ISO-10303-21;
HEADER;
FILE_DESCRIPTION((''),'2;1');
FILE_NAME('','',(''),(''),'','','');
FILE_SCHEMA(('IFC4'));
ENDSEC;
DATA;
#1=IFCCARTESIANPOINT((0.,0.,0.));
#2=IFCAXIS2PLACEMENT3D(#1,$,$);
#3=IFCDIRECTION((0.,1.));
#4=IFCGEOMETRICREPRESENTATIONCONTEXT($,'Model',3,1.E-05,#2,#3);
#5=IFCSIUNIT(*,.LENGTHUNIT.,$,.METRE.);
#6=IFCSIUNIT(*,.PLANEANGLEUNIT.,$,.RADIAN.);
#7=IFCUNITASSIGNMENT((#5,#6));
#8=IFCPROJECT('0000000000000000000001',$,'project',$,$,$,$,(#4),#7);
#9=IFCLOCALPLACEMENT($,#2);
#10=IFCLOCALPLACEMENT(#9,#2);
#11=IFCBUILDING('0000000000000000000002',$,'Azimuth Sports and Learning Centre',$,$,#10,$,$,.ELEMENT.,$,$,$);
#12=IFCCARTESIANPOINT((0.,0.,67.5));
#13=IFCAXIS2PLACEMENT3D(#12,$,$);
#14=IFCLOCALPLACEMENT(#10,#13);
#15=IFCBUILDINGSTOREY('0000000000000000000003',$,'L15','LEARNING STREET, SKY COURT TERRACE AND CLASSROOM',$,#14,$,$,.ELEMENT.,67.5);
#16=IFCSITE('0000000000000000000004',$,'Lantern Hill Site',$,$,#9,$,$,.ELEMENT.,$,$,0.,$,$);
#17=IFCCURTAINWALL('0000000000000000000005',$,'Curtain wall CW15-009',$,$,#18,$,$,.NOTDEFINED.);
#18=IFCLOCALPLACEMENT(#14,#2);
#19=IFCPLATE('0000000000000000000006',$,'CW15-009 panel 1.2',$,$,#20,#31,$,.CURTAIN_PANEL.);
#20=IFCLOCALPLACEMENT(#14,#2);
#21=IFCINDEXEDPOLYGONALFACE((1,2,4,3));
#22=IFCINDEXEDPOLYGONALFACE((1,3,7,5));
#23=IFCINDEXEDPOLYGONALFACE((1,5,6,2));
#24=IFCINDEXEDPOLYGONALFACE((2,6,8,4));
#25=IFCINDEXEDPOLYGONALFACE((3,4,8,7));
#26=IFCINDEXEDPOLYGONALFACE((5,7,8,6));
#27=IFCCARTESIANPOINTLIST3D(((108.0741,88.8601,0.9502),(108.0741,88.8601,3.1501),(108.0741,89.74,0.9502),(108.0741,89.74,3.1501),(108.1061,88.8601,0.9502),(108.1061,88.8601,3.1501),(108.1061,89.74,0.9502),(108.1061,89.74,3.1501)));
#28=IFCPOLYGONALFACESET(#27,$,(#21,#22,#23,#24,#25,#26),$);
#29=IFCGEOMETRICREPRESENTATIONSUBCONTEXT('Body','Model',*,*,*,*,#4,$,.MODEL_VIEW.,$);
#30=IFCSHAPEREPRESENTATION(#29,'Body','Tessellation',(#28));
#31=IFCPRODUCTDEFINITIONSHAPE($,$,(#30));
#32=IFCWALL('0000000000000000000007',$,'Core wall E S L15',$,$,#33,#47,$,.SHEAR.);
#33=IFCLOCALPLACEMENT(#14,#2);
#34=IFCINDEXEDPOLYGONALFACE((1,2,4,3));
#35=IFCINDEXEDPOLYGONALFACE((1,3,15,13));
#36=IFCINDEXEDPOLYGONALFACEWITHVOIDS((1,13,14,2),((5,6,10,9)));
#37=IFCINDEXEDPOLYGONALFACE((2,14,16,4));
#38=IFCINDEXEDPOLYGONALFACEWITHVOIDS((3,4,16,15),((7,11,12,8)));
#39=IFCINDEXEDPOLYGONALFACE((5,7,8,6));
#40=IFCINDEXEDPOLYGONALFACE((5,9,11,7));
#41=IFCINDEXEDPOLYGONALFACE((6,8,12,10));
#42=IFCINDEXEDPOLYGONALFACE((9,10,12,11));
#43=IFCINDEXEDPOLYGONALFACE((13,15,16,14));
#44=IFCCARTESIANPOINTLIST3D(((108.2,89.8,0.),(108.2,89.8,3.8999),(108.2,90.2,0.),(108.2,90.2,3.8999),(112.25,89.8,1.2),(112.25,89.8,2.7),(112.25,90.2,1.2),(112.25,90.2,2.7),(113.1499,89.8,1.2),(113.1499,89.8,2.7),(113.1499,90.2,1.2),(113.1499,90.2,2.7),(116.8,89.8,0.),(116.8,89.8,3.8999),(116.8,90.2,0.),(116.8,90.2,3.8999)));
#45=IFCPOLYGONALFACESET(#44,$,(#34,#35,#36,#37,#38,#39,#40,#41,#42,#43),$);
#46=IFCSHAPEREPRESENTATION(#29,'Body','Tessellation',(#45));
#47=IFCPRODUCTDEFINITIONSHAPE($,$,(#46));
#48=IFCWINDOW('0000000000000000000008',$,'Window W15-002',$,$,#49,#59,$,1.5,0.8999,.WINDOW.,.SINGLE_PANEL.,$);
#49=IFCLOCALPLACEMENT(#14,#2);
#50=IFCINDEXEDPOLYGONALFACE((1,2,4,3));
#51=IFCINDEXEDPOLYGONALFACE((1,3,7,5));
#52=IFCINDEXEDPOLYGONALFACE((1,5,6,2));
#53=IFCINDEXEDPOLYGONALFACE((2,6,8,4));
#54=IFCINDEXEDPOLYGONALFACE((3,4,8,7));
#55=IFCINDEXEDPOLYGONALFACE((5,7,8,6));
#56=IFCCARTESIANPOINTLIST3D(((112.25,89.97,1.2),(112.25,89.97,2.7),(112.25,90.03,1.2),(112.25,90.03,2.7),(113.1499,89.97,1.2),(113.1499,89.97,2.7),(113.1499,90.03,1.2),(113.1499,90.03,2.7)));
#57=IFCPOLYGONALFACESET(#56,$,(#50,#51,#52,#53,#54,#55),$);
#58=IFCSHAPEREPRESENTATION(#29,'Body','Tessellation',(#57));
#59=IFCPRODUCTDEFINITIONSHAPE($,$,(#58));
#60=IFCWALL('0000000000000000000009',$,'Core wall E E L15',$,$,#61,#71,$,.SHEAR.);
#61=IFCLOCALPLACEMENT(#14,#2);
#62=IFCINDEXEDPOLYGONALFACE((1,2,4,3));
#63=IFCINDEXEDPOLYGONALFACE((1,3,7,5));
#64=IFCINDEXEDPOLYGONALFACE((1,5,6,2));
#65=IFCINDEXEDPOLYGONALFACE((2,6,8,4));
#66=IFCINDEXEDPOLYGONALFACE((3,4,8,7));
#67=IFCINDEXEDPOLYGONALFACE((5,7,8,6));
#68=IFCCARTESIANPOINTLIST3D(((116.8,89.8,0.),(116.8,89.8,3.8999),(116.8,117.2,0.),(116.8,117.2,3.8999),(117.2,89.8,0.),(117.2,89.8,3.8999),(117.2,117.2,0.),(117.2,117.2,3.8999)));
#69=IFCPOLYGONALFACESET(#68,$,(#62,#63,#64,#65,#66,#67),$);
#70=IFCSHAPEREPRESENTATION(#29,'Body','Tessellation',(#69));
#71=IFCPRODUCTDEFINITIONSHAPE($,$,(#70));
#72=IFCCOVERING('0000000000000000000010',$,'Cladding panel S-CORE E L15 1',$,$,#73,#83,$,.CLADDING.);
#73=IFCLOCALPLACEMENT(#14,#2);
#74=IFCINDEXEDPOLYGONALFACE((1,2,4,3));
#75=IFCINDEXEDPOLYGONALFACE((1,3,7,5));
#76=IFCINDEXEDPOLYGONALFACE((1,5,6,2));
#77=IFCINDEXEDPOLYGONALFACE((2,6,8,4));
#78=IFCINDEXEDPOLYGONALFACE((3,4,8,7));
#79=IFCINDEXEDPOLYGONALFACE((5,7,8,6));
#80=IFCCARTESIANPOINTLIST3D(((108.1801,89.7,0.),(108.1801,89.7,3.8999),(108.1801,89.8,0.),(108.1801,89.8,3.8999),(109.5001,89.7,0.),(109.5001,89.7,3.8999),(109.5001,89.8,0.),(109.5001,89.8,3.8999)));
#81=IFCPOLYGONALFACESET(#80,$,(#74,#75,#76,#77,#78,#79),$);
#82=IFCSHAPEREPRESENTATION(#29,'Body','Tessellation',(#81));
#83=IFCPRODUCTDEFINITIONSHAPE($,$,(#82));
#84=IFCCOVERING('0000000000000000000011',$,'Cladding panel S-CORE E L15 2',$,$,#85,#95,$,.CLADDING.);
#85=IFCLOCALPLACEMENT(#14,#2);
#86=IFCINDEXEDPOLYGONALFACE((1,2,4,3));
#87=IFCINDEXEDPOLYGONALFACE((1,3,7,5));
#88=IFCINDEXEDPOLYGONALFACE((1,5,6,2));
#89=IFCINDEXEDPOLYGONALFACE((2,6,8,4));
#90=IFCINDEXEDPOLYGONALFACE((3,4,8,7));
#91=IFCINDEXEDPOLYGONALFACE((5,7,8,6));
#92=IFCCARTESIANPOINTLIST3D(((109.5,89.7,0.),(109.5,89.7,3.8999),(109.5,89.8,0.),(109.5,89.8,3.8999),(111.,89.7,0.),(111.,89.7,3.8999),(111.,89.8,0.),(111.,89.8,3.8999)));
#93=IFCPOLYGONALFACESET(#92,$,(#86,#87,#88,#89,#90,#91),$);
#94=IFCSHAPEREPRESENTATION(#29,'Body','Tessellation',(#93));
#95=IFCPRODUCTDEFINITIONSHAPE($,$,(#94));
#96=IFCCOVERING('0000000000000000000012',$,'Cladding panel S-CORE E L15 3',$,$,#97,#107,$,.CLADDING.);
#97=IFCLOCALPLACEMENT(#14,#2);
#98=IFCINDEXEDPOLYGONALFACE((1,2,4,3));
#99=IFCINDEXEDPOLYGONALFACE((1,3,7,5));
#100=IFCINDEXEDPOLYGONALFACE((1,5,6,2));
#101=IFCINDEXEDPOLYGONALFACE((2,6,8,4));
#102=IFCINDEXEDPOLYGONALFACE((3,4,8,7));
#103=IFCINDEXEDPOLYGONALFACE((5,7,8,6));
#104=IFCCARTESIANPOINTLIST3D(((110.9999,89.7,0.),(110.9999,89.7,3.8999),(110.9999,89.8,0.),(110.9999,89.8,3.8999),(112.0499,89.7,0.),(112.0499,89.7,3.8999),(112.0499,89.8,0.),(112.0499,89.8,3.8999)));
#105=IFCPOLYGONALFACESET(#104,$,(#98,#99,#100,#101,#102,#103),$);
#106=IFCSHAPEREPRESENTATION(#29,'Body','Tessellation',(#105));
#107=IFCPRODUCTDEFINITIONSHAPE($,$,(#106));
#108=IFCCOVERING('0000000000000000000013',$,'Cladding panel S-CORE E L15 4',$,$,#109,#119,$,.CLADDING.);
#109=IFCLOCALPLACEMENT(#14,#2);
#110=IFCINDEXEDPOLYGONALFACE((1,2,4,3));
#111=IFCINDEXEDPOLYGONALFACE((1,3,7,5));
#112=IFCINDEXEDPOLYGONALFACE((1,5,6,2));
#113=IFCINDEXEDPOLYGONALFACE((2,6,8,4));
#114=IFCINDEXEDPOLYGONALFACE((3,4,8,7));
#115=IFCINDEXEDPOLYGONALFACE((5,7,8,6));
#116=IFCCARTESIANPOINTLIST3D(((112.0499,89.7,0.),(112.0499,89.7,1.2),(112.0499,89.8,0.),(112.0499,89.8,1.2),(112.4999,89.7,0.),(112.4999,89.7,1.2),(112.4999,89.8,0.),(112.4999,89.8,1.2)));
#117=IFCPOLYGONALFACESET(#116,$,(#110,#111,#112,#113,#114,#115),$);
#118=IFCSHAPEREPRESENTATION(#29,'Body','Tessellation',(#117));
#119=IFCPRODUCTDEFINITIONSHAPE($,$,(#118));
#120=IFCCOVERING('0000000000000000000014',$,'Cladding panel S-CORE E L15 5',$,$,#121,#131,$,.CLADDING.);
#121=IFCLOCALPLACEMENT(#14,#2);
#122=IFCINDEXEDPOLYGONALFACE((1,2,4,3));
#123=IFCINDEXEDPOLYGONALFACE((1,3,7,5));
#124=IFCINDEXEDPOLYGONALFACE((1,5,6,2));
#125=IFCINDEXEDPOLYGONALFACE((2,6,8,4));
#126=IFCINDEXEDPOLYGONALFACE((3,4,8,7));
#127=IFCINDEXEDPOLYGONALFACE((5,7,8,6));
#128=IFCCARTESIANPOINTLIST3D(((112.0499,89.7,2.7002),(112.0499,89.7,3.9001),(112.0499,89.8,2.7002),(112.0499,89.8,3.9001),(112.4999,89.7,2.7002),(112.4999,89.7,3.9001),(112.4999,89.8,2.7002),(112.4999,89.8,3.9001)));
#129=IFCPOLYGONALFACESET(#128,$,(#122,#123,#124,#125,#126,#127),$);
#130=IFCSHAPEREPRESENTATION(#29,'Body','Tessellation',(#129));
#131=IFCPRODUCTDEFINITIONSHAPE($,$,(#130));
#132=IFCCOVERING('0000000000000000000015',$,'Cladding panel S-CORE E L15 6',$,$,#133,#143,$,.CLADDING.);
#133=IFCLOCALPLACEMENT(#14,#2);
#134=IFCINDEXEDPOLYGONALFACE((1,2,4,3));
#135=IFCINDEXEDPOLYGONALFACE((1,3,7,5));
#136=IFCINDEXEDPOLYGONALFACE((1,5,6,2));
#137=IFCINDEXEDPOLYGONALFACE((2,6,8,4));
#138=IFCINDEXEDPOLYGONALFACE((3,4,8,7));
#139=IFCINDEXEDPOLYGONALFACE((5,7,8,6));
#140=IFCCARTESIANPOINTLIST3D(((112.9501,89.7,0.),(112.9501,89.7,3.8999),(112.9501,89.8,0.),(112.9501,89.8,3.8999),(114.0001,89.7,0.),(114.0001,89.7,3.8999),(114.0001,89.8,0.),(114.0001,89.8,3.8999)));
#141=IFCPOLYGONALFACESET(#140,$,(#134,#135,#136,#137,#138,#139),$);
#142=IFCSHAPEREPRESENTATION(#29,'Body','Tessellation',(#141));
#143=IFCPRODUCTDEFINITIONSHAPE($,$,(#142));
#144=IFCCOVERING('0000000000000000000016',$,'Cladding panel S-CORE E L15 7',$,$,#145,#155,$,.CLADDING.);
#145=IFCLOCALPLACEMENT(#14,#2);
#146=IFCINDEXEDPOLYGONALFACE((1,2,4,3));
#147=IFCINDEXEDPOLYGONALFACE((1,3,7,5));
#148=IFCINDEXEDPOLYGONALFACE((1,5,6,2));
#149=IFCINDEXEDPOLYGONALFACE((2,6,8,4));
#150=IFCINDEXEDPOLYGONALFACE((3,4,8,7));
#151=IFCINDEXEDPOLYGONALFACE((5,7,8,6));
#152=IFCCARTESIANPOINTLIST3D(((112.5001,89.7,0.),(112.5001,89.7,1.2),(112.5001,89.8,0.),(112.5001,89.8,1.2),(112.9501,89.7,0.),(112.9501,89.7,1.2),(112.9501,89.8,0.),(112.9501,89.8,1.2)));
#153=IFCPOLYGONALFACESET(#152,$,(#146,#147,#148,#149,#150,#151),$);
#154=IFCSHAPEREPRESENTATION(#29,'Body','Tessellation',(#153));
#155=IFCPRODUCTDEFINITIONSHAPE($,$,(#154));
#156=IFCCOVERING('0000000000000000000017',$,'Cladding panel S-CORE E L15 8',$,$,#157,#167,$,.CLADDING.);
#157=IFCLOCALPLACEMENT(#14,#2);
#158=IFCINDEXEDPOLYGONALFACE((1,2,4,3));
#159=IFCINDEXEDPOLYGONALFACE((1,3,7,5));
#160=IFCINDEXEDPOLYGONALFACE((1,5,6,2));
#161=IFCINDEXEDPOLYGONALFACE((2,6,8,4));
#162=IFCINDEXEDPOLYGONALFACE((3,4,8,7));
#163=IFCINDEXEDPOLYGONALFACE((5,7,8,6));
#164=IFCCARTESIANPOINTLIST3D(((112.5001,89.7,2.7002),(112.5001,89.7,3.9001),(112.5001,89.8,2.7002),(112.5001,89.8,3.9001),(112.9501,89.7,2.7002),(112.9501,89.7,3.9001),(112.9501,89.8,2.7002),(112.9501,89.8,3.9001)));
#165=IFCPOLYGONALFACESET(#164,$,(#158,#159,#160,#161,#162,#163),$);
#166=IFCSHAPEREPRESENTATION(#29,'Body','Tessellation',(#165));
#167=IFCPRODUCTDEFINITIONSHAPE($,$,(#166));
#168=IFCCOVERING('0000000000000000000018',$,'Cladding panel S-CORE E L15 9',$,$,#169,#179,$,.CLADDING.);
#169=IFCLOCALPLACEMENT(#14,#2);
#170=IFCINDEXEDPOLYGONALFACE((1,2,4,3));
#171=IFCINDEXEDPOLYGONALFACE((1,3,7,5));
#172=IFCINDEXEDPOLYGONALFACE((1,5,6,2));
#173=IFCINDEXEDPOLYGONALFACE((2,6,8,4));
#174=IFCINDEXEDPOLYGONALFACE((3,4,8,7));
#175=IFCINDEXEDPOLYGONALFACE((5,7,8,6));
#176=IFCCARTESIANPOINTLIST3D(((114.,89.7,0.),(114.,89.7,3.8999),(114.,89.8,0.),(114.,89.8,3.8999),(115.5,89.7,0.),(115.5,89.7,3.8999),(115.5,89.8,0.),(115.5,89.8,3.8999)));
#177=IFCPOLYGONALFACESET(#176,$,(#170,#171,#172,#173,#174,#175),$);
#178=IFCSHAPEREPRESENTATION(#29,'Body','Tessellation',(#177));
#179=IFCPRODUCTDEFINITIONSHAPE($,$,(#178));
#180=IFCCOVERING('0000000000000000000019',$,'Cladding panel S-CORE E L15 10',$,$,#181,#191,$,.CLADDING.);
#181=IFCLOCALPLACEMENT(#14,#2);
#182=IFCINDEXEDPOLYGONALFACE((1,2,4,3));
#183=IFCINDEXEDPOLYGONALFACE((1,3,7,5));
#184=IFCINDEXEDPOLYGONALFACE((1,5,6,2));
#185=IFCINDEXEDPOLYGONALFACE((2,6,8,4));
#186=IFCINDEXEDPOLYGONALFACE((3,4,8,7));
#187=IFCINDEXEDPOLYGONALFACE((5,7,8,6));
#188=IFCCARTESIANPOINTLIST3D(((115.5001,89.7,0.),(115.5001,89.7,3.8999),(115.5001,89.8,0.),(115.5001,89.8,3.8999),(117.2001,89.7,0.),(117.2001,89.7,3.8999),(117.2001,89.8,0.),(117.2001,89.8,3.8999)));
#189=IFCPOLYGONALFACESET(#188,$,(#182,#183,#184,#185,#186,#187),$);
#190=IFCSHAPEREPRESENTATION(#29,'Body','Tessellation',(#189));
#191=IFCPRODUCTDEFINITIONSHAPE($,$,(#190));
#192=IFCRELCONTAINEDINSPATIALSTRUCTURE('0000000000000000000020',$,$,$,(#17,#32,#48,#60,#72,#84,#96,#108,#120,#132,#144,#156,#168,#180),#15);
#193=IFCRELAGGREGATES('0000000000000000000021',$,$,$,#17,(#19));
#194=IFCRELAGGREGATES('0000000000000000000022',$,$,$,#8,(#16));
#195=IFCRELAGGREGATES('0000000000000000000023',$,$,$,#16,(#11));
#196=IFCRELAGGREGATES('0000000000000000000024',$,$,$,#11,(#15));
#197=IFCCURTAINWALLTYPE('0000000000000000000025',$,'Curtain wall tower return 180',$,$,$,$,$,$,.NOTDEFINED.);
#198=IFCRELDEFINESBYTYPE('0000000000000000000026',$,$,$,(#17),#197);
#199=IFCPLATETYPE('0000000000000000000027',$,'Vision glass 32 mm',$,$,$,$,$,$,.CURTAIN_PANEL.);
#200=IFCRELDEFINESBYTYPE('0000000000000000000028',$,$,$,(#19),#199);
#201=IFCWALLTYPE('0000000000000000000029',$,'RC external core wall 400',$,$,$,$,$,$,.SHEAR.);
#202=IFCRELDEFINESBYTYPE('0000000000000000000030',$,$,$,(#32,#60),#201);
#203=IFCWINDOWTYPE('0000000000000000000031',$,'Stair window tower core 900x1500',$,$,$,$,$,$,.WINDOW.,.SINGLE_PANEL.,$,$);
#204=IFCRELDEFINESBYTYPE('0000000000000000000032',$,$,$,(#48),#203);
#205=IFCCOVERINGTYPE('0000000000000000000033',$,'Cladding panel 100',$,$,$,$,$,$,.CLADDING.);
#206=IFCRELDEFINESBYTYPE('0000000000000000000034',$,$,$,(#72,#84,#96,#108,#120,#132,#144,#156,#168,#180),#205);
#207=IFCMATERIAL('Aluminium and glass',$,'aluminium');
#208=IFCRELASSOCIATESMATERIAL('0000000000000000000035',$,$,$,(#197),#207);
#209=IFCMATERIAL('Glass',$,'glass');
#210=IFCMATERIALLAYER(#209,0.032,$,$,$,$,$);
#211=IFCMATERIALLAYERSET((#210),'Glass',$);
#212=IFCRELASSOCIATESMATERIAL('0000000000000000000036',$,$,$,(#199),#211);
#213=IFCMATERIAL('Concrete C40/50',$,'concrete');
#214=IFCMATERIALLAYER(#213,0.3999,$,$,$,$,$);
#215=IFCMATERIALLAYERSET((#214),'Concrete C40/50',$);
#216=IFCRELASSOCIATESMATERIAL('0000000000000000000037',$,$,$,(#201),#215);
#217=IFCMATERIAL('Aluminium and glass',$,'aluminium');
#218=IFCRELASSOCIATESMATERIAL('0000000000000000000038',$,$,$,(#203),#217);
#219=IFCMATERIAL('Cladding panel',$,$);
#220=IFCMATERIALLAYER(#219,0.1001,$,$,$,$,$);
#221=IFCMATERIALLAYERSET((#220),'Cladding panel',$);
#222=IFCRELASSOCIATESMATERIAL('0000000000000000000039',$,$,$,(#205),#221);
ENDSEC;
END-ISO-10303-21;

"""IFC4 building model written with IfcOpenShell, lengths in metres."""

from ifc_helpers import new_model, si_unit, direction, frame, frame_2d, origin, origin_2d, place, context, subcontext, project, spatial, rectangle, extrude, material, layer, layer_set, type_object, element, fill, aggregate, save


model = new_model("IFC4")

# Units and contexts
model_context = context("Model", 3, precision=1e-05, world=origin(), true_north=direction((0.0, 1.0)))
body_context = subcontext(model_context, "Body", "Model", "MODEL_VIEW")
ifc_project = project(units=[si_unit("LENGTHUNIT", "METRE"), si_unit("PLANEANGLEUNIT", "RADIAN")], contexts=[model_context])

# Site, building, storey
site_placement = place(None, origin())
site = spatial("IfcSite", under=ifc_project, at=site_placement, Name="Lantern Hill Site", CompositionType="ELEMENT", RefElevation=0.0)
building_placement = place(site_placement, origin())
building = spatial("IfcBuilding", under=site, at=building_placement, Name="Azimuth Sports and Learning Centre", CompositionType="ELEMENT")
storey_placement = place(building_placement, frame((0.0, 0.0, 67.5)))
storey = spatial("IfcBuildingStorey", under=building, at=storey_placement, Name="L15", Description="LEARNING STREET, SKY COURT TERRACE AND CLASSROOM", CompositionType="ELEMENT", Elevation=67.5)

# Curtain wall, plate
ifc_material_1 = material(Name="Aluminium and glass", Category="aluminium")
curtain_wall_type = type_object("IfcCurtainWallType", Name="Curtain wall tower return 180", PredefinedType="NOTDEFINED", material=ifc_material_1)
curtain_wall_placement = place(storey_placement, origin())
curtain_wall = element("IfcCurtainWall", 1, at=curtain_wall_placement, inside=storey, type_object=curtain_wall_type, Name="Curtain wall CW15-009", PredefinedType="NOTDEFINED")
ifc_material_2 = material(Name="Glass", Category="glass")
ifc_layer_1 = layer(ifc_material_2, 0.032)
ifc_layer_set_1 = layer_set([ifc_layer_1], Name="Glass")
plate_type_1 = type_object("IfcPlateType", Name="Vision glass 32 mm", PredefinedType="CURTAIN_PANEL", material=ifc_layer_set_1)
plate_1_placement = place(storey_placement, frame((108.0901, 89.3, 0.9502), z_axis=(0.0, 0.0, 1.0), x_axis=(0.0, 1.0, 0.0)))
plate_1 = element("IfcPlate", 2, at=plate_1_placement, type_object=plate_type_1, Name="CW15-009 panel 1.2", PredefinedType="CURTAIN_PANEL", context=body_context, shape_type="SweptSolid", body=[
    extrude(rectangle(XDim=0.8799, YDim=0.032, at=origin_2d()), origin(), (0.0, 0.0, 1.0), 2.2),
])
aggregate(curtain_wall, [plate_1])

# Wall, opening, window
ifc_material_3 = material(Name="Concrete C40/50", Category="concrete")
ifc_layer_2 = layer(ifc_material_3, 0.3999)
ifc_layer_set_2 = layer_set([ifc_layer_2], Name="Concrete C40/50")
wall_type = type_object("IfcWallType", Name="RC external core wall 400", PredefinedType="SHEAR", material=ifc_layer_set_2)
wall_1_placement = place(storey_placement, frame((108.2, 90.0, 0.0), z_axis=(0.0, 0.0, 1.0), x_axis=(1.0, 0.0, 0.0)))
wall_1 = element("IfcWall", 3, at=wall_1_placement, inside=storey, type_object=wall_type, Name="Core wall E S L15", PredefinedType="SHEAR", context=body_context, shape_type="SweptSolid", body=[
    extrude(rectangle(XDim=8.6001, YDim=0.3999, at=frame_2d((4.3, 0.0))), origin(), (0.0, 0.0, 1.0), 3.8999),
])
opening_placement = place(wall_1_placement, frame((4.05, 0.0, 1.2)))
opening = element("IfcOpeningElement", 4, at=opening_placement, cuts=wall_1, PredefinedType="OPENING", context=body_context, shape_type="SweptSolid", body=[
    extrude(rectangle(XDim=0.8999, YDim=1.5, at=frame_2d((0.45, 0.75))), frame((0.0, 0.2109, 0.0), z_axis=(0.0, -1.0, 0.0), x_axis=(1.0, 0.0, 0.0)), (0.0, 0.0, 1.0), 0.4219),
])
ifc_material_4 = material(Name="Aluminium and glass", Category="aluminium")
window_type = type_object("IfcWindowType", Name="Stair window tower core 900x1500", PartitioningType="SINGLE_PANEL", PredefinedType="WINDOW", material=ifc_material_4)
window_placement = place(opening_placement, origin())
window = element("IfcWindow", 5, at=window_placement, inside=storey, type_object=window_type, Name="Window W15-002", OverallHeight=1.5, OverallWidth=0.8999, PartitioningType="SINGLE_PANEL", PredefinedType="WINDOW", context=body_context, shape_type="SweptSolid", body=[
    extrude(rectangle(XDim=0.8999, YDim=1.5, at=frame_2d((0.45, 0.75))), frame((0.0, 0.03, 0.0), z_axis=(0.0, -1.0, 0.0), x_axis=(1.0, 0.0, 0.0)), (0.0, 0.0, 1.0), 0.0601),
])
fill(opening, window)

# Wall
wall_2_placement = place(storey_placement, frame((117.0, 89.8, 0.0), z_axis=(0.0, 0.0, 1.0), x_axis=(0.0, 1.0, 0.0)))
element("IfcWall", 6, at=wall_2_placement, inside=storey, type_object=wall_type, Name="Core wall E E L15", PredefinedType="SHEAR", context=body_context, shape_type="SweptSolid", body=[
    extrude(rectangle(XDim=27.3999, YDim=0.3999, at=frame_2d((13.7, 0.0))), origin(), (0.0, 0.0, 1.0), 3.8999),
])

# Coverings
ifc_material_5 = material(Name="Cladding panel")
ifc_layer_3 = layer(ifc_material_5, 0.1001)
ifc_layer_set_3 = layer_set([ifc_layer_3], Name="Cladding panel")
covering_type = type_object("IfcCoveringType", Name="Cladding panel 100", PredefinedType="CLADDING", material=ifc_layer_set_3)
covering_1_placement = place(storey_placement, frame((108.8401, 89.75, 0.0), z_axis=(0.0, 0.0, 1.0), x_axis=(1.0, 0.0, 0.0)))
element("IfcCovering", 7, at=covering_1_placement, inside=storey, type_object=covering_type, Name="Cladding panel S-CORE E L15 1", PredefinedType="CLADDING", context=body_context, shape_type="SweptSolid", body=[
    extrude(rectangle(XDim=1.3201, YDim=0.1001, at=origin_2d()), origin(), (0.0, 0.0, 1.0), 3.8999),
])
covering_2_placement = place(storey_placement, frame((110.25, 89.75, 0.0), z_axis=(0.0, 0.0, 1.0), x_axis=(1.0, 0.0, 0.0)))
element("IfcCovering", 8, at=covering_2_placement, inside=storey, type_object=covering_type, Name="Cladding panel S-CORE E L15 2", PredefinedType="CLADDING", context=body_context, shape_type="SweptSolid", body=[
    extrude(rectangle(XDim=1.5, YDim=0.1001, at=origin_2d()), origin(), (0.0, 0.0, 1.0), 3.8999),
])
covering_3_placement = place(storey_placement, frame((111.5249, 89.75, 0.0), z_axis=(0.0, 0.0, 1.0), x_axis=(1.0, 0.0, 0.0)))
element("IfcCovering", 9, at=covering_3_placement, inside=storey, type_object=covering_type, Name="Cladding panel S-CORE E L15 3", PredefinedType="CLADDING", context=body_context, shape_type="SweptSolid", body=[
    extrude(rectangle(XDim=1.05, YDim=0.1001, at=origin_2d()), origin(), (0.0, 0.0, 1.0), 3.8999),
])
for number, where, z_axis, x_axis, name in (
    (10, (112.2749, 89.75, 0.0), (0.0, 0.0, 1.0), (1.0, 0.0, 0.0), "Cladding panel S-CORE E L15 4"),
    (11, (112.2749, 89.75, 2.7002), (0.0, 0.0, 1.0), (1.0, 0.0, 0.0), "Cladding panel S-CORE E L15 5"),
):
    element("IfcCovering", number, at=place(storey_placement, frame(where, z_axis=z_axis, x_axis=x_axis)), inside=storey, type_object=covering_type, Name=name, PredefinedType="CLADDING", context=body_context, shape_type="SweptSolid", body=[
        extrude(rectangle(XDim=0.45, YDim=0.1001, at=origin_2d()), origin(), (0.0, 0.0, 1.0), 1.2),
    ])
covering_4_placement = place(storey_placement, frame((113.4751, 89.75, 0.0), z_axis=(0.0, 0.0, 1.0), x_axis=(1.0, 0.0, 0.0)))
element("IfcCovering", 12, at=covering_4_placement, inside=storey, type_object=covering_type, Name="Cladding panel S-CORE E L15 6", PredefinedType="CLADDING", context=body_context, shape_type="SweptSolid", body=[
    extrude(rectangle(XDim=1.05, YDim=0.1001, at=origin_2d()), origin(), (0.0, 0.0, 1.0), 3.8999),
])
for number, where, z_axis, x_axis, name in (
    (13, (112.7251, 89.75, 0.0), (0.0, 0.0, 1.0), (1.0, 0.0, 0.0), "Cladding panel S-CORE E L15 7"),
    (14, (112.7251, 89.75, 2.7002), (0.0, 0.0, 1.0), (1.0, 0.0, 0.0), "Cladding panel S-CORE E L15 8"),
):
    element("IfcCovering", number, at=place(storey_placement, frame(where, z_axis=z_axis, x_axis=x_axis)), inside=storey, type_object=covering_type, Name=name, PredefinedType="CLADDING", context=body_context, shape_type="SweptSolid", body=[
        extrude(rectangle(XDim=0.45, YDim=0.1001, at=origin_2d()), origin(), (0.0, 0.0, 1.0), 1.2),
    ])
covering_5_placement = place(storey_placement, frame((114.75, 89.75, 0.0), z_axis=(0.0, 0.0, 1.0), x_axis=(1.0, 0.0, 0.0)))
element("IfcCovering", 15, at=covering_5_placement, inside=storey, type_object=covering_type, Name="Cladding panel S-CORE E L15 9", PredefinedType="CLADDING", context=body_context, shape_type="SweptSolid", body=[
    extrude(rectangle(XDim=1.5, YDim=0.1001, at=origin_2d()), origin(), (0.0, 0.0, 1.0), 3.8999),
])
covering_6_placement = place(storey_placement, frame((116.3501, 89.75, 0.0), z_axis=(0.0, 0.0, 1.0), x_axis=(1.0, 0.0, 0.0)))
element("IfcCovering", 16, at=covering_6_placement, inside=storey, type_object=covering_type, Name="Cladding panel S-CORE E L15 10", PredefinedType="CLADDING", context=body_context, shape_type="SweptSolid", body=[
    extrude(rectangle(XDim=1.7, YDim=0.1001, at=origin_2d()), origin(), (0.0, 0.0, 1.0), 3.8999),
])

save(model, "model.ifc")
